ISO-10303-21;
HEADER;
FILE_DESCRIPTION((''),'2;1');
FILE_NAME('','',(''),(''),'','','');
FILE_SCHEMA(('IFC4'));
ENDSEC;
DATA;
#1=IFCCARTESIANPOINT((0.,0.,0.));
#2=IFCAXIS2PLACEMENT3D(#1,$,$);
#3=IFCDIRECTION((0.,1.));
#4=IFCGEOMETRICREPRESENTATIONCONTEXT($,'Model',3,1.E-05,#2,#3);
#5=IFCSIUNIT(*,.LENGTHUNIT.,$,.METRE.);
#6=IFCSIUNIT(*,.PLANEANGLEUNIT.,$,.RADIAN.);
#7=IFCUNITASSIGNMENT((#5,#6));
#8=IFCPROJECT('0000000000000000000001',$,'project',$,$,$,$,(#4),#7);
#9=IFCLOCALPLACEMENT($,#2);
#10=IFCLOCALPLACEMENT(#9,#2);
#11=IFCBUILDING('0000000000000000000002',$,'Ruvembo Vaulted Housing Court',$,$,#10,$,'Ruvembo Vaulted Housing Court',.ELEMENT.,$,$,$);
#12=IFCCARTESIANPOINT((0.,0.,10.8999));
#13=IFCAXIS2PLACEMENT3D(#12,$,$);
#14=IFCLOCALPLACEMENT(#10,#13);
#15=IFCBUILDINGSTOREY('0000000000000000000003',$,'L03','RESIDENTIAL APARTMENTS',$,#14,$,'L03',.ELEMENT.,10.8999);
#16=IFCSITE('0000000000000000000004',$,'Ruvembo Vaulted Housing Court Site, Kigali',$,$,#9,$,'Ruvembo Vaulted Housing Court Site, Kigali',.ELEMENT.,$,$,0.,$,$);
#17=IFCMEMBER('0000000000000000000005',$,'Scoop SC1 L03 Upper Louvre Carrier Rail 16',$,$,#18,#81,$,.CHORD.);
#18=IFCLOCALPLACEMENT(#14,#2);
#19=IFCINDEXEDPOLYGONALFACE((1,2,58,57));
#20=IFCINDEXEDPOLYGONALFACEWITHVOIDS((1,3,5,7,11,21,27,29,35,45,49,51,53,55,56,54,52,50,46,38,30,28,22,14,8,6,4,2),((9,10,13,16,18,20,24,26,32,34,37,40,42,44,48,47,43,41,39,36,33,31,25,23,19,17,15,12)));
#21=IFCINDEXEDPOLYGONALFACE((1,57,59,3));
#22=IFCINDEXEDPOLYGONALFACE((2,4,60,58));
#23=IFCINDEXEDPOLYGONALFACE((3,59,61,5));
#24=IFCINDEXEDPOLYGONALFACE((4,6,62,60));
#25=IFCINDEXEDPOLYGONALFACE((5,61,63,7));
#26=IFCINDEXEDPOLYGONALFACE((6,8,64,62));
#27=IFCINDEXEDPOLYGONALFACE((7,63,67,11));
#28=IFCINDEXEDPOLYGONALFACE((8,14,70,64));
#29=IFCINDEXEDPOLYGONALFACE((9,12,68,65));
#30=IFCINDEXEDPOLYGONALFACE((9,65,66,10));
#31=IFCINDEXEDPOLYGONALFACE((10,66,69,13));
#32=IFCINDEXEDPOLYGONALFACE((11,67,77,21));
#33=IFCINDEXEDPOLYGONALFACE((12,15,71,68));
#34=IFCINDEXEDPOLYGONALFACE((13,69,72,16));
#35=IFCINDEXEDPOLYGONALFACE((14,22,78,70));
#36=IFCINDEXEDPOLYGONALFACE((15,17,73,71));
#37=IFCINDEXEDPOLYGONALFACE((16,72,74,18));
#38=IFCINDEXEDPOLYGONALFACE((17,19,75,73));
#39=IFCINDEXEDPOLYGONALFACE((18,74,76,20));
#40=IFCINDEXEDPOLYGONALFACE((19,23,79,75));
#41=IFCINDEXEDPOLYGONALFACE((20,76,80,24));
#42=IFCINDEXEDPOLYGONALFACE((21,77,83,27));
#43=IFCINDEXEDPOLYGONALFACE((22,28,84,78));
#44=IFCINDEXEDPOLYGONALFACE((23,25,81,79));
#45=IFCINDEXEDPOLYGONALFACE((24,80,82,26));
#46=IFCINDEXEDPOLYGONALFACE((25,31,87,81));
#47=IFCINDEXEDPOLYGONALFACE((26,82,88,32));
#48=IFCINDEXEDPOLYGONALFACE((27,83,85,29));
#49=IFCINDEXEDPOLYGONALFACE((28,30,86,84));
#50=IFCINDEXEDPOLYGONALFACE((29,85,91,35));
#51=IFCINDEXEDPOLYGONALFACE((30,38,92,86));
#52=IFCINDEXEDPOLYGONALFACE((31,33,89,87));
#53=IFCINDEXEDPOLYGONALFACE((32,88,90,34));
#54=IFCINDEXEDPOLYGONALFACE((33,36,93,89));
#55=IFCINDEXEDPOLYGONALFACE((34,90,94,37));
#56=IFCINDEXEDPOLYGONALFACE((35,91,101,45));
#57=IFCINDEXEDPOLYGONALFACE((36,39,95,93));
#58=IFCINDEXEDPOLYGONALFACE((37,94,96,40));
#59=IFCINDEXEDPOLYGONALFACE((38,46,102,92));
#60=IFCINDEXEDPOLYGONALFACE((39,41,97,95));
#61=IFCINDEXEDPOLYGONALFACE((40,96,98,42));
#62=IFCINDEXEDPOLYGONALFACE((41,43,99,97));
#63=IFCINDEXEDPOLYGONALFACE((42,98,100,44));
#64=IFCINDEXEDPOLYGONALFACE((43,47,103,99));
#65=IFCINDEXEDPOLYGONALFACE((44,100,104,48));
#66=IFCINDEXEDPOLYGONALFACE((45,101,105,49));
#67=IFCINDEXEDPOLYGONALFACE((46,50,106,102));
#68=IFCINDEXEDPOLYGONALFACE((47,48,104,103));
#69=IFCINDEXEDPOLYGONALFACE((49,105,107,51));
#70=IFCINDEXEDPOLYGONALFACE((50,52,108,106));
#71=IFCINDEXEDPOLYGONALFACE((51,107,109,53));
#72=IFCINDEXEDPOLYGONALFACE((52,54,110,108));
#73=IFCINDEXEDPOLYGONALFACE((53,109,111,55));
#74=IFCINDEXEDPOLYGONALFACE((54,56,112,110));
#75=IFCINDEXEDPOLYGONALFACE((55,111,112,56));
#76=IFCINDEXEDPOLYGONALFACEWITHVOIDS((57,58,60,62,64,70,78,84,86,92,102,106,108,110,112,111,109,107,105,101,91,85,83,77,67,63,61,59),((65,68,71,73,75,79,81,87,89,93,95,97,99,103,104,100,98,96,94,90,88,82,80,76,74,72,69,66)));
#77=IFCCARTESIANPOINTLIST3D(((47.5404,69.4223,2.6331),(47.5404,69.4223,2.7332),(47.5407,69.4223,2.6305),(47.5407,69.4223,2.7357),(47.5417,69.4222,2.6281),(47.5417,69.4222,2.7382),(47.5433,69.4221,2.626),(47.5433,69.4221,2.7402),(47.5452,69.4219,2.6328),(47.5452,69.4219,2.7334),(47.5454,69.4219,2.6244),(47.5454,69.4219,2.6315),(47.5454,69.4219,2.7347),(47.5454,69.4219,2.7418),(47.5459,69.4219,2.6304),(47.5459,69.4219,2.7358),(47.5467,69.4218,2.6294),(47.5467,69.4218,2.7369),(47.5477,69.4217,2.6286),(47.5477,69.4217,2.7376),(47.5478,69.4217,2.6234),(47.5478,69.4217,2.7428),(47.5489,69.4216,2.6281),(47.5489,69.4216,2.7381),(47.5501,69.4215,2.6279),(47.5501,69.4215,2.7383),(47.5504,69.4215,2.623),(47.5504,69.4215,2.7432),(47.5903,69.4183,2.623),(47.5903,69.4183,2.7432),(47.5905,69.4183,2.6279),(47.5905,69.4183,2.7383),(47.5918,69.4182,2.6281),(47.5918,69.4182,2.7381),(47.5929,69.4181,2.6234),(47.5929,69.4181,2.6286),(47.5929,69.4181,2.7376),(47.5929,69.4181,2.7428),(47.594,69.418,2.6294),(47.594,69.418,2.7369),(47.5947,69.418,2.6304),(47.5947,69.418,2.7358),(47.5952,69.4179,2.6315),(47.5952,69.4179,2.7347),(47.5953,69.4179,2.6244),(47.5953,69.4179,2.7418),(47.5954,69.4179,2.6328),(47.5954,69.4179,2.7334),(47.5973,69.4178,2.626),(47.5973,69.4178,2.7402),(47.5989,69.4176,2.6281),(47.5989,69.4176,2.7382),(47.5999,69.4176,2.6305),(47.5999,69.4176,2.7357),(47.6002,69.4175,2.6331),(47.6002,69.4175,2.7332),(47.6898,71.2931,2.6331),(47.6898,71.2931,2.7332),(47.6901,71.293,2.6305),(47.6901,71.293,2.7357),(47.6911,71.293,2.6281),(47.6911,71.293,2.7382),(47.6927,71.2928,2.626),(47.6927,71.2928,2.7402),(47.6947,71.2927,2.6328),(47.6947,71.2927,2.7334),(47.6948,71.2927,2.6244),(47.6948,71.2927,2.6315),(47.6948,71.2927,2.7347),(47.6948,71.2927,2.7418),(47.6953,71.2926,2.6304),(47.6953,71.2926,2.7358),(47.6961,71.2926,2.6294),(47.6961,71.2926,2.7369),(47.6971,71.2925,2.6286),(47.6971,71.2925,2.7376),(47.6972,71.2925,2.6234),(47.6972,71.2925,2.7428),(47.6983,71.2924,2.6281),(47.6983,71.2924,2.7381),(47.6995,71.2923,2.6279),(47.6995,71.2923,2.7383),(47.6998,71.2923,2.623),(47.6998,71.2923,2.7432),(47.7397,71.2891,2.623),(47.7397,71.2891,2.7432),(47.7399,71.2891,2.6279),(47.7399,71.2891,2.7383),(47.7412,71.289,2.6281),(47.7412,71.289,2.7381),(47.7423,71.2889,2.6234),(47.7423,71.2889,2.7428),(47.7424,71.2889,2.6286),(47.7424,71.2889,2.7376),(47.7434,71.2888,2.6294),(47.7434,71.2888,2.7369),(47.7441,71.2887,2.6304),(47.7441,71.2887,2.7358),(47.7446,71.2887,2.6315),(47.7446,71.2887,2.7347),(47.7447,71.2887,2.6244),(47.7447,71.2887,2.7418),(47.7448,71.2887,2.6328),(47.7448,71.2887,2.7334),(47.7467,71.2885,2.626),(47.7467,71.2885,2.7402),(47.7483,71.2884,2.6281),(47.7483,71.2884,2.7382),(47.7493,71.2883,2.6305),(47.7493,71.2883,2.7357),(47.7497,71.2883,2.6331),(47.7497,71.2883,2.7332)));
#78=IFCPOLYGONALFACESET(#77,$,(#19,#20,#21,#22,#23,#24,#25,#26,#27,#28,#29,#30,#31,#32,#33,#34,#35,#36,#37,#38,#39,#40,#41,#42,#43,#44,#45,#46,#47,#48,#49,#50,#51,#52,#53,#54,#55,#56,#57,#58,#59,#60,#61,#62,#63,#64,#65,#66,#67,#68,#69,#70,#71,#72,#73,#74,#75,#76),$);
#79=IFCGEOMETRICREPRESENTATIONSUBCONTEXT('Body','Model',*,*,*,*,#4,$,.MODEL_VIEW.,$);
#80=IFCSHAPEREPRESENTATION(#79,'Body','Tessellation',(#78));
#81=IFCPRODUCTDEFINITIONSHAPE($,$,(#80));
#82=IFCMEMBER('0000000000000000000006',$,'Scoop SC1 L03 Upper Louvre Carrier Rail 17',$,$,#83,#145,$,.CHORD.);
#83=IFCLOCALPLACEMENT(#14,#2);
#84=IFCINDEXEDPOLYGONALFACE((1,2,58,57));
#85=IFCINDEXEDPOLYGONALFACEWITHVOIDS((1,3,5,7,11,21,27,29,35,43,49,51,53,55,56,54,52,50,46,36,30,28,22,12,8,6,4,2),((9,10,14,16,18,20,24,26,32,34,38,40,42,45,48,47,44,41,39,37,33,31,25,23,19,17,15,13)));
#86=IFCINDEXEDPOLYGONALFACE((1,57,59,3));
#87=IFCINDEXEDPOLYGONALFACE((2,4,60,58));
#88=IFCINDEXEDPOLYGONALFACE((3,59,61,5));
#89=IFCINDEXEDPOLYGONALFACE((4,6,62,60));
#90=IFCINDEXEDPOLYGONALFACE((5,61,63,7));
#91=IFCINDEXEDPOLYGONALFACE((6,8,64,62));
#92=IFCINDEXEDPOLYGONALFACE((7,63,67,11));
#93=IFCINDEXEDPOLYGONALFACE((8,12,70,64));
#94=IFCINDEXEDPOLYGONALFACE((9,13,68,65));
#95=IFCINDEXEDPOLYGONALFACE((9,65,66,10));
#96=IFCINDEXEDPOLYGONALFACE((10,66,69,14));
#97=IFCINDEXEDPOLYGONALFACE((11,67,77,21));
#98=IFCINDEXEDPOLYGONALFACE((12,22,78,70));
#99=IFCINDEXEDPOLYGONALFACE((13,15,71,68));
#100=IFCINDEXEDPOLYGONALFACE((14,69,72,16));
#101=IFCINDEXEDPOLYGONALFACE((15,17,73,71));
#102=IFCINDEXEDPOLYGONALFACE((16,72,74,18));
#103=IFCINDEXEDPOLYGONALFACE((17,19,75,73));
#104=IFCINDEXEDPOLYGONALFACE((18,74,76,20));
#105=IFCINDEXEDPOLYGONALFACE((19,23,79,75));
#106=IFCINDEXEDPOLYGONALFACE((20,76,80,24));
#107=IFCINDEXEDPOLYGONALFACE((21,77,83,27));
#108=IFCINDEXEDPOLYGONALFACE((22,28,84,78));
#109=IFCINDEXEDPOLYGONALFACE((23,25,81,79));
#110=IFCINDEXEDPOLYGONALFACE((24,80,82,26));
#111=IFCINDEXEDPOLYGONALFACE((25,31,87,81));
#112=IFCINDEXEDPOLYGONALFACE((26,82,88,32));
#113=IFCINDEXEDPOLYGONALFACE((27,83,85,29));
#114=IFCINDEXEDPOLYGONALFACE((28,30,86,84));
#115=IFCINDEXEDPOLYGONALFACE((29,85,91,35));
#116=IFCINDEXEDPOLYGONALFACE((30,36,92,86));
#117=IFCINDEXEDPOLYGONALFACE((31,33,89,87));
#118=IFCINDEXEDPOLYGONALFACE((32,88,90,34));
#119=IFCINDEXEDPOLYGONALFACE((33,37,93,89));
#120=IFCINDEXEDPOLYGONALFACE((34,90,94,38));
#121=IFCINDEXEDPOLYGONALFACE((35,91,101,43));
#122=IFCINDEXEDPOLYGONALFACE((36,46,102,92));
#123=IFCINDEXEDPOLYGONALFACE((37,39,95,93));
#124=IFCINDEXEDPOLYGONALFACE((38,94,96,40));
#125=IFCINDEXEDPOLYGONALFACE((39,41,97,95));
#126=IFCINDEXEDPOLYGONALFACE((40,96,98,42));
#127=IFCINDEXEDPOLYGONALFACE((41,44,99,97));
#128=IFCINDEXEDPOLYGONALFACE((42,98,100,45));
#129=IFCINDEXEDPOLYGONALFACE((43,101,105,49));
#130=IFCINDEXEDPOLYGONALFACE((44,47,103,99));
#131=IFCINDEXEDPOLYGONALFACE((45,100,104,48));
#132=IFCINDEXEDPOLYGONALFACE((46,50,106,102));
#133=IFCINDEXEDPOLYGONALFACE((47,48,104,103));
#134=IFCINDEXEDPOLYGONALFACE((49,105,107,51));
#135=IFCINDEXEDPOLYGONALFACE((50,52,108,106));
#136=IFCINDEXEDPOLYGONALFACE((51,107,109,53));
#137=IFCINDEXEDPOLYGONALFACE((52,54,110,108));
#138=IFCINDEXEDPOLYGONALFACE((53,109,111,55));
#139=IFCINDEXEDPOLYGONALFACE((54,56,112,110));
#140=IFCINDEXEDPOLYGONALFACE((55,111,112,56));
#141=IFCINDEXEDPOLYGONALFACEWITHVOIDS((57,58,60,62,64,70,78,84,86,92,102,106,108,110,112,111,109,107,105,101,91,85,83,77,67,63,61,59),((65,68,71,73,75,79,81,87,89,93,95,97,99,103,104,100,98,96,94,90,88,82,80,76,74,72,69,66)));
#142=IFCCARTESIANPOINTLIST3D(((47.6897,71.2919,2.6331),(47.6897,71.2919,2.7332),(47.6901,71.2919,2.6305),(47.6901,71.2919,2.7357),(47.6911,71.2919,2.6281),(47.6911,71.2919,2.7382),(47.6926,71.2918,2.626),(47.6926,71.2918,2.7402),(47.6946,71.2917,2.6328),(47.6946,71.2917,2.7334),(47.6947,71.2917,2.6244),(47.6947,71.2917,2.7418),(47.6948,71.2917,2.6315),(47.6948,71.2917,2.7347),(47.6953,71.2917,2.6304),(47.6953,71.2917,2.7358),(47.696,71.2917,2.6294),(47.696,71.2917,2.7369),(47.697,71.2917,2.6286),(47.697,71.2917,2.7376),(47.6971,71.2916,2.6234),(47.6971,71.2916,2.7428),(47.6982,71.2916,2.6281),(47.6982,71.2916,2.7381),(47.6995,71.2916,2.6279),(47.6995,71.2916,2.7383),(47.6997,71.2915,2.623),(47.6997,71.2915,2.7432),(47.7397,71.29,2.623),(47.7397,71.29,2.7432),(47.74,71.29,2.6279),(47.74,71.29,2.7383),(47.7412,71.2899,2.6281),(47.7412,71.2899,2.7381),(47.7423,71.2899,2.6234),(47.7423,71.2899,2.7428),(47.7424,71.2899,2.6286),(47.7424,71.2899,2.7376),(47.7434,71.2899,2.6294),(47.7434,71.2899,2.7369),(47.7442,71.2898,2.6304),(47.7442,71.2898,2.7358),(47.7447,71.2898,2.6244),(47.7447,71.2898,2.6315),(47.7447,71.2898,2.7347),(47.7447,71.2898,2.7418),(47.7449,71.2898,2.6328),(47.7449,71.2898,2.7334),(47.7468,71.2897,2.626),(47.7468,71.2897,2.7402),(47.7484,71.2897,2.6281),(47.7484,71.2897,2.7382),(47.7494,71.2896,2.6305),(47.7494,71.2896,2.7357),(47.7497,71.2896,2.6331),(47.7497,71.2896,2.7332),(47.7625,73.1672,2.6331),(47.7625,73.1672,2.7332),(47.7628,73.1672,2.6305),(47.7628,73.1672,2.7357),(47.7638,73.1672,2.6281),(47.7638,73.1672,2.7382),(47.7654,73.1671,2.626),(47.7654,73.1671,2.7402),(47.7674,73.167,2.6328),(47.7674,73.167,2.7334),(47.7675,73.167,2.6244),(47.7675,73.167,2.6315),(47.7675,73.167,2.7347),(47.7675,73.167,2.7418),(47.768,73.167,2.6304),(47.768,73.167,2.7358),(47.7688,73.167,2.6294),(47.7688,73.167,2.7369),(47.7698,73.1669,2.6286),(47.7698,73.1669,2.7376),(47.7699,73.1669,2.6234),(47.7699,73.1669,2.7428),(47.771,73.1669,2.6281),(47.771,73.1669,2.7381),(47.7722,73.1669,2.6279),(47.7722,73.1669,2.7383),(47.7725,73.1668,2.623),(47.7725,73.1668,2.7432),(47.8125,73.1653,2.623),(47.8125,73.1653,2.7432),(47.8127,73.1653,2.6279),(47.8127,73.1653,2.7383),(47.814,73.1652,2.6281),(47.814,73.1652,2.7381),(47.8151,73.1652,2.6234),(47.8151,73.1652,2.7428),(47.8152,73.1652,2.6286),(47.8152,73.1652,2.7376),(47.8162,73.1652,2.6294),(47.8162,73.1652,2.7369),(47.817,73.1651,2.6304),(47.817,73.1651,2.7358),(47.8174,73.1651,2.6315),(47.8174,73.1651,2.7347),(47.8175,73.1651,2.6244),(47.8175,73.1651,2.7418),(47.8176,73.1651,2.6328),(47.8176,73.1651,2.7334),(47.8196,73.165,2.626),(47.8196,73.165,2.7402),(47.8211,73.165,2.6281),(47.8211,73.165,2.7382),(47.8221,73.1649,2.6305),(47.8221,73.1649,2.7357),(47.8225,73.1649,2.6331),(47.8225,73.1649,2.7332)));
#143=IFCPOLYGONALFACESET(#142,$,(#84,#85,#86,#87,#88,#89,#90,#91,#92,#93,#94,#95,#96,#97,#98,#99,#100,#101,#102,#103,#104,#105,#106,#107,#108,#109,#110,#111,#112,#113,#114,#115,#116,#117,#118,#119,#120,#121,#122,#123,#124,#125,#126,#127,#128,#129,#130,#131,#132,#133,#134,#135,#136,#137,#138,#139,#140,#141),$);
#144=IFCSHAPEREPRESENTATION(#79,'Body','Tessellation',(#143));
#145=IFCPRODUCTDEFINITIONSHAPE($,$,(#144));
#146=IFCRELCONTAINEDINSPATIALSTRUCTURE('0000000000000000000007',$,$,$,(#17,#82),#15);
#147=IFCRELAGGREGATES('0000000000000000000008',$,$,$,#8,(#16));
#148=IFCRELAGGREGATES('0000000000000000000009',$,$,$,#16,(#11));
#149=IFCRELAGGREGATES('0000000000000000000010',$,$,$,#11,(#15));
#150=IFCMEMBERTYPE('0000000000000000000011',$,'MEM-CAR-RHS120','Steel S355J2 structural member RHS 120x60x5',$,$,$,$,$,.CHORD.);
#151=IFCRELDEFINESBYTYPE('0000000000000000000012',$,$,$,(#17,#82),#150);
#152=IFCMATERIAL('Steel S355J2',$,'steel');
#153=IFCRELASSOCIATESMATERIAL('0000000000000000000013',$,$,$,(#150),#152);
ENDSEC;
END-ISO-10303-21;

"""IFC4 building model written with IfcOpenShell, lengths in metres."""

from ifc_helpers import new_model, si_unit, direction, frame, origin, origin_2d, place, context, subcontext, project, spatial, hollow_rectangle, extrude, material, material_profile, profile_set, type_object, element, save


model = new_model("IFC4")

# Units and contexts
model_context = context("Model", 3, precision=1e-05, world=origin(), true_north=direction((0.0, 1.0)))
body_context = subcontext(model_context, "Body", "Model", "MODEL_VIEW")
ifc_project = project(units=[si_unit("LENGTHUNIT", "METRE"), si_unit("PLANEANGLEUNIT", "RADIAN")], contexts=[model_context])

# Site, building, storey
site_placement = place(None, origin())
site = spatial("IfcSite", under=ifc_project, at=site_placement, Name="Ruvembo Vaulted Housing Court Site, Kigali", LongName="Ruvembo Vaulted Housing Court Site, Kigali", CompositionType="ELEMENT", RefElevation=0.0)
building_placement = place(site_placement, origin())
building = spatial("IfcBuilding", under=site, at=building_placement, Name="Ruvembo Vaulted Housing Court", LongName="Ruvembo Vaulted Housing Court", CompositionType="ELEMENT")
storey_placement = place(building_placement, frame((0.0, 0.0, 10.8999)))
storey = spatial("IfcBuildingStorey", under=building, at=storey_placement, Name="L03", Description="RESIDENTIAL APARTMENTS", LongName="L03", CompositionType="ELEMENT", Elevation=10.8999)

# Shared definitions
ifc_material_1 = material(Name="Steel S355J2", Category="steel")

# Members
ifc_material_profile_1 = material_profile(ifc_material_1, hollow_rectangle(XDim=0.0601, YDim=0.1201, WallThickness=0.0049, InnerFilletRadius=0.0049, OuterFilletRadius=0.01, at=origin_2d()), Name="RHS 120x60x5")
ifc_profile_set_1 = profile_set([ifc_material_profile_1], Name="Steel S355J2")
member_type_1 = type_object("IfcMemberType", Name="MEM-CAR-RHS120", Description="Steel S355J2 structural member RHS 120x60x5", PredefinedType="CHORD", material=ifc_profile_set_1)
for number, where, z_axis, x_axis, name in (
    (1, (47.5703, 69.4199, 2.6831), (0.079611, 0.996826, 0.0), (-0.996826, 0.079611, 0.0), "Scoop SC1 L03 Upper Louvre Carrier Rail 16"),
    (2, (47.7197, 71.2908, 2.6831), (0.038768, 0.999248, 0.0), (-0.999248, 0.038768, 0.0), "Scoop SC1 L03 Upper Louvre Carrier Rail 17"),
):
    element("IfcMember", number, at=place(storey_placement, frame(where, z_axis=z_axis, x_axis=x_axis)), inside=storey, type_object=member_type_1, Name=name, PredefinedType="CHORD", context=body_context, shape_type="SweptSolid", body=[
        extrude(hollow_rectangle(XDim=0.0601, YDim=0.1201, WallThickness=0.0049, InnerFilletRadius=0.0049, OuterFilletRadius=0.01, at=origin_2d()), origin(), (0.0, 0.0, 1.0), 1.8767),
    ])

save(model, "model.ifc")
